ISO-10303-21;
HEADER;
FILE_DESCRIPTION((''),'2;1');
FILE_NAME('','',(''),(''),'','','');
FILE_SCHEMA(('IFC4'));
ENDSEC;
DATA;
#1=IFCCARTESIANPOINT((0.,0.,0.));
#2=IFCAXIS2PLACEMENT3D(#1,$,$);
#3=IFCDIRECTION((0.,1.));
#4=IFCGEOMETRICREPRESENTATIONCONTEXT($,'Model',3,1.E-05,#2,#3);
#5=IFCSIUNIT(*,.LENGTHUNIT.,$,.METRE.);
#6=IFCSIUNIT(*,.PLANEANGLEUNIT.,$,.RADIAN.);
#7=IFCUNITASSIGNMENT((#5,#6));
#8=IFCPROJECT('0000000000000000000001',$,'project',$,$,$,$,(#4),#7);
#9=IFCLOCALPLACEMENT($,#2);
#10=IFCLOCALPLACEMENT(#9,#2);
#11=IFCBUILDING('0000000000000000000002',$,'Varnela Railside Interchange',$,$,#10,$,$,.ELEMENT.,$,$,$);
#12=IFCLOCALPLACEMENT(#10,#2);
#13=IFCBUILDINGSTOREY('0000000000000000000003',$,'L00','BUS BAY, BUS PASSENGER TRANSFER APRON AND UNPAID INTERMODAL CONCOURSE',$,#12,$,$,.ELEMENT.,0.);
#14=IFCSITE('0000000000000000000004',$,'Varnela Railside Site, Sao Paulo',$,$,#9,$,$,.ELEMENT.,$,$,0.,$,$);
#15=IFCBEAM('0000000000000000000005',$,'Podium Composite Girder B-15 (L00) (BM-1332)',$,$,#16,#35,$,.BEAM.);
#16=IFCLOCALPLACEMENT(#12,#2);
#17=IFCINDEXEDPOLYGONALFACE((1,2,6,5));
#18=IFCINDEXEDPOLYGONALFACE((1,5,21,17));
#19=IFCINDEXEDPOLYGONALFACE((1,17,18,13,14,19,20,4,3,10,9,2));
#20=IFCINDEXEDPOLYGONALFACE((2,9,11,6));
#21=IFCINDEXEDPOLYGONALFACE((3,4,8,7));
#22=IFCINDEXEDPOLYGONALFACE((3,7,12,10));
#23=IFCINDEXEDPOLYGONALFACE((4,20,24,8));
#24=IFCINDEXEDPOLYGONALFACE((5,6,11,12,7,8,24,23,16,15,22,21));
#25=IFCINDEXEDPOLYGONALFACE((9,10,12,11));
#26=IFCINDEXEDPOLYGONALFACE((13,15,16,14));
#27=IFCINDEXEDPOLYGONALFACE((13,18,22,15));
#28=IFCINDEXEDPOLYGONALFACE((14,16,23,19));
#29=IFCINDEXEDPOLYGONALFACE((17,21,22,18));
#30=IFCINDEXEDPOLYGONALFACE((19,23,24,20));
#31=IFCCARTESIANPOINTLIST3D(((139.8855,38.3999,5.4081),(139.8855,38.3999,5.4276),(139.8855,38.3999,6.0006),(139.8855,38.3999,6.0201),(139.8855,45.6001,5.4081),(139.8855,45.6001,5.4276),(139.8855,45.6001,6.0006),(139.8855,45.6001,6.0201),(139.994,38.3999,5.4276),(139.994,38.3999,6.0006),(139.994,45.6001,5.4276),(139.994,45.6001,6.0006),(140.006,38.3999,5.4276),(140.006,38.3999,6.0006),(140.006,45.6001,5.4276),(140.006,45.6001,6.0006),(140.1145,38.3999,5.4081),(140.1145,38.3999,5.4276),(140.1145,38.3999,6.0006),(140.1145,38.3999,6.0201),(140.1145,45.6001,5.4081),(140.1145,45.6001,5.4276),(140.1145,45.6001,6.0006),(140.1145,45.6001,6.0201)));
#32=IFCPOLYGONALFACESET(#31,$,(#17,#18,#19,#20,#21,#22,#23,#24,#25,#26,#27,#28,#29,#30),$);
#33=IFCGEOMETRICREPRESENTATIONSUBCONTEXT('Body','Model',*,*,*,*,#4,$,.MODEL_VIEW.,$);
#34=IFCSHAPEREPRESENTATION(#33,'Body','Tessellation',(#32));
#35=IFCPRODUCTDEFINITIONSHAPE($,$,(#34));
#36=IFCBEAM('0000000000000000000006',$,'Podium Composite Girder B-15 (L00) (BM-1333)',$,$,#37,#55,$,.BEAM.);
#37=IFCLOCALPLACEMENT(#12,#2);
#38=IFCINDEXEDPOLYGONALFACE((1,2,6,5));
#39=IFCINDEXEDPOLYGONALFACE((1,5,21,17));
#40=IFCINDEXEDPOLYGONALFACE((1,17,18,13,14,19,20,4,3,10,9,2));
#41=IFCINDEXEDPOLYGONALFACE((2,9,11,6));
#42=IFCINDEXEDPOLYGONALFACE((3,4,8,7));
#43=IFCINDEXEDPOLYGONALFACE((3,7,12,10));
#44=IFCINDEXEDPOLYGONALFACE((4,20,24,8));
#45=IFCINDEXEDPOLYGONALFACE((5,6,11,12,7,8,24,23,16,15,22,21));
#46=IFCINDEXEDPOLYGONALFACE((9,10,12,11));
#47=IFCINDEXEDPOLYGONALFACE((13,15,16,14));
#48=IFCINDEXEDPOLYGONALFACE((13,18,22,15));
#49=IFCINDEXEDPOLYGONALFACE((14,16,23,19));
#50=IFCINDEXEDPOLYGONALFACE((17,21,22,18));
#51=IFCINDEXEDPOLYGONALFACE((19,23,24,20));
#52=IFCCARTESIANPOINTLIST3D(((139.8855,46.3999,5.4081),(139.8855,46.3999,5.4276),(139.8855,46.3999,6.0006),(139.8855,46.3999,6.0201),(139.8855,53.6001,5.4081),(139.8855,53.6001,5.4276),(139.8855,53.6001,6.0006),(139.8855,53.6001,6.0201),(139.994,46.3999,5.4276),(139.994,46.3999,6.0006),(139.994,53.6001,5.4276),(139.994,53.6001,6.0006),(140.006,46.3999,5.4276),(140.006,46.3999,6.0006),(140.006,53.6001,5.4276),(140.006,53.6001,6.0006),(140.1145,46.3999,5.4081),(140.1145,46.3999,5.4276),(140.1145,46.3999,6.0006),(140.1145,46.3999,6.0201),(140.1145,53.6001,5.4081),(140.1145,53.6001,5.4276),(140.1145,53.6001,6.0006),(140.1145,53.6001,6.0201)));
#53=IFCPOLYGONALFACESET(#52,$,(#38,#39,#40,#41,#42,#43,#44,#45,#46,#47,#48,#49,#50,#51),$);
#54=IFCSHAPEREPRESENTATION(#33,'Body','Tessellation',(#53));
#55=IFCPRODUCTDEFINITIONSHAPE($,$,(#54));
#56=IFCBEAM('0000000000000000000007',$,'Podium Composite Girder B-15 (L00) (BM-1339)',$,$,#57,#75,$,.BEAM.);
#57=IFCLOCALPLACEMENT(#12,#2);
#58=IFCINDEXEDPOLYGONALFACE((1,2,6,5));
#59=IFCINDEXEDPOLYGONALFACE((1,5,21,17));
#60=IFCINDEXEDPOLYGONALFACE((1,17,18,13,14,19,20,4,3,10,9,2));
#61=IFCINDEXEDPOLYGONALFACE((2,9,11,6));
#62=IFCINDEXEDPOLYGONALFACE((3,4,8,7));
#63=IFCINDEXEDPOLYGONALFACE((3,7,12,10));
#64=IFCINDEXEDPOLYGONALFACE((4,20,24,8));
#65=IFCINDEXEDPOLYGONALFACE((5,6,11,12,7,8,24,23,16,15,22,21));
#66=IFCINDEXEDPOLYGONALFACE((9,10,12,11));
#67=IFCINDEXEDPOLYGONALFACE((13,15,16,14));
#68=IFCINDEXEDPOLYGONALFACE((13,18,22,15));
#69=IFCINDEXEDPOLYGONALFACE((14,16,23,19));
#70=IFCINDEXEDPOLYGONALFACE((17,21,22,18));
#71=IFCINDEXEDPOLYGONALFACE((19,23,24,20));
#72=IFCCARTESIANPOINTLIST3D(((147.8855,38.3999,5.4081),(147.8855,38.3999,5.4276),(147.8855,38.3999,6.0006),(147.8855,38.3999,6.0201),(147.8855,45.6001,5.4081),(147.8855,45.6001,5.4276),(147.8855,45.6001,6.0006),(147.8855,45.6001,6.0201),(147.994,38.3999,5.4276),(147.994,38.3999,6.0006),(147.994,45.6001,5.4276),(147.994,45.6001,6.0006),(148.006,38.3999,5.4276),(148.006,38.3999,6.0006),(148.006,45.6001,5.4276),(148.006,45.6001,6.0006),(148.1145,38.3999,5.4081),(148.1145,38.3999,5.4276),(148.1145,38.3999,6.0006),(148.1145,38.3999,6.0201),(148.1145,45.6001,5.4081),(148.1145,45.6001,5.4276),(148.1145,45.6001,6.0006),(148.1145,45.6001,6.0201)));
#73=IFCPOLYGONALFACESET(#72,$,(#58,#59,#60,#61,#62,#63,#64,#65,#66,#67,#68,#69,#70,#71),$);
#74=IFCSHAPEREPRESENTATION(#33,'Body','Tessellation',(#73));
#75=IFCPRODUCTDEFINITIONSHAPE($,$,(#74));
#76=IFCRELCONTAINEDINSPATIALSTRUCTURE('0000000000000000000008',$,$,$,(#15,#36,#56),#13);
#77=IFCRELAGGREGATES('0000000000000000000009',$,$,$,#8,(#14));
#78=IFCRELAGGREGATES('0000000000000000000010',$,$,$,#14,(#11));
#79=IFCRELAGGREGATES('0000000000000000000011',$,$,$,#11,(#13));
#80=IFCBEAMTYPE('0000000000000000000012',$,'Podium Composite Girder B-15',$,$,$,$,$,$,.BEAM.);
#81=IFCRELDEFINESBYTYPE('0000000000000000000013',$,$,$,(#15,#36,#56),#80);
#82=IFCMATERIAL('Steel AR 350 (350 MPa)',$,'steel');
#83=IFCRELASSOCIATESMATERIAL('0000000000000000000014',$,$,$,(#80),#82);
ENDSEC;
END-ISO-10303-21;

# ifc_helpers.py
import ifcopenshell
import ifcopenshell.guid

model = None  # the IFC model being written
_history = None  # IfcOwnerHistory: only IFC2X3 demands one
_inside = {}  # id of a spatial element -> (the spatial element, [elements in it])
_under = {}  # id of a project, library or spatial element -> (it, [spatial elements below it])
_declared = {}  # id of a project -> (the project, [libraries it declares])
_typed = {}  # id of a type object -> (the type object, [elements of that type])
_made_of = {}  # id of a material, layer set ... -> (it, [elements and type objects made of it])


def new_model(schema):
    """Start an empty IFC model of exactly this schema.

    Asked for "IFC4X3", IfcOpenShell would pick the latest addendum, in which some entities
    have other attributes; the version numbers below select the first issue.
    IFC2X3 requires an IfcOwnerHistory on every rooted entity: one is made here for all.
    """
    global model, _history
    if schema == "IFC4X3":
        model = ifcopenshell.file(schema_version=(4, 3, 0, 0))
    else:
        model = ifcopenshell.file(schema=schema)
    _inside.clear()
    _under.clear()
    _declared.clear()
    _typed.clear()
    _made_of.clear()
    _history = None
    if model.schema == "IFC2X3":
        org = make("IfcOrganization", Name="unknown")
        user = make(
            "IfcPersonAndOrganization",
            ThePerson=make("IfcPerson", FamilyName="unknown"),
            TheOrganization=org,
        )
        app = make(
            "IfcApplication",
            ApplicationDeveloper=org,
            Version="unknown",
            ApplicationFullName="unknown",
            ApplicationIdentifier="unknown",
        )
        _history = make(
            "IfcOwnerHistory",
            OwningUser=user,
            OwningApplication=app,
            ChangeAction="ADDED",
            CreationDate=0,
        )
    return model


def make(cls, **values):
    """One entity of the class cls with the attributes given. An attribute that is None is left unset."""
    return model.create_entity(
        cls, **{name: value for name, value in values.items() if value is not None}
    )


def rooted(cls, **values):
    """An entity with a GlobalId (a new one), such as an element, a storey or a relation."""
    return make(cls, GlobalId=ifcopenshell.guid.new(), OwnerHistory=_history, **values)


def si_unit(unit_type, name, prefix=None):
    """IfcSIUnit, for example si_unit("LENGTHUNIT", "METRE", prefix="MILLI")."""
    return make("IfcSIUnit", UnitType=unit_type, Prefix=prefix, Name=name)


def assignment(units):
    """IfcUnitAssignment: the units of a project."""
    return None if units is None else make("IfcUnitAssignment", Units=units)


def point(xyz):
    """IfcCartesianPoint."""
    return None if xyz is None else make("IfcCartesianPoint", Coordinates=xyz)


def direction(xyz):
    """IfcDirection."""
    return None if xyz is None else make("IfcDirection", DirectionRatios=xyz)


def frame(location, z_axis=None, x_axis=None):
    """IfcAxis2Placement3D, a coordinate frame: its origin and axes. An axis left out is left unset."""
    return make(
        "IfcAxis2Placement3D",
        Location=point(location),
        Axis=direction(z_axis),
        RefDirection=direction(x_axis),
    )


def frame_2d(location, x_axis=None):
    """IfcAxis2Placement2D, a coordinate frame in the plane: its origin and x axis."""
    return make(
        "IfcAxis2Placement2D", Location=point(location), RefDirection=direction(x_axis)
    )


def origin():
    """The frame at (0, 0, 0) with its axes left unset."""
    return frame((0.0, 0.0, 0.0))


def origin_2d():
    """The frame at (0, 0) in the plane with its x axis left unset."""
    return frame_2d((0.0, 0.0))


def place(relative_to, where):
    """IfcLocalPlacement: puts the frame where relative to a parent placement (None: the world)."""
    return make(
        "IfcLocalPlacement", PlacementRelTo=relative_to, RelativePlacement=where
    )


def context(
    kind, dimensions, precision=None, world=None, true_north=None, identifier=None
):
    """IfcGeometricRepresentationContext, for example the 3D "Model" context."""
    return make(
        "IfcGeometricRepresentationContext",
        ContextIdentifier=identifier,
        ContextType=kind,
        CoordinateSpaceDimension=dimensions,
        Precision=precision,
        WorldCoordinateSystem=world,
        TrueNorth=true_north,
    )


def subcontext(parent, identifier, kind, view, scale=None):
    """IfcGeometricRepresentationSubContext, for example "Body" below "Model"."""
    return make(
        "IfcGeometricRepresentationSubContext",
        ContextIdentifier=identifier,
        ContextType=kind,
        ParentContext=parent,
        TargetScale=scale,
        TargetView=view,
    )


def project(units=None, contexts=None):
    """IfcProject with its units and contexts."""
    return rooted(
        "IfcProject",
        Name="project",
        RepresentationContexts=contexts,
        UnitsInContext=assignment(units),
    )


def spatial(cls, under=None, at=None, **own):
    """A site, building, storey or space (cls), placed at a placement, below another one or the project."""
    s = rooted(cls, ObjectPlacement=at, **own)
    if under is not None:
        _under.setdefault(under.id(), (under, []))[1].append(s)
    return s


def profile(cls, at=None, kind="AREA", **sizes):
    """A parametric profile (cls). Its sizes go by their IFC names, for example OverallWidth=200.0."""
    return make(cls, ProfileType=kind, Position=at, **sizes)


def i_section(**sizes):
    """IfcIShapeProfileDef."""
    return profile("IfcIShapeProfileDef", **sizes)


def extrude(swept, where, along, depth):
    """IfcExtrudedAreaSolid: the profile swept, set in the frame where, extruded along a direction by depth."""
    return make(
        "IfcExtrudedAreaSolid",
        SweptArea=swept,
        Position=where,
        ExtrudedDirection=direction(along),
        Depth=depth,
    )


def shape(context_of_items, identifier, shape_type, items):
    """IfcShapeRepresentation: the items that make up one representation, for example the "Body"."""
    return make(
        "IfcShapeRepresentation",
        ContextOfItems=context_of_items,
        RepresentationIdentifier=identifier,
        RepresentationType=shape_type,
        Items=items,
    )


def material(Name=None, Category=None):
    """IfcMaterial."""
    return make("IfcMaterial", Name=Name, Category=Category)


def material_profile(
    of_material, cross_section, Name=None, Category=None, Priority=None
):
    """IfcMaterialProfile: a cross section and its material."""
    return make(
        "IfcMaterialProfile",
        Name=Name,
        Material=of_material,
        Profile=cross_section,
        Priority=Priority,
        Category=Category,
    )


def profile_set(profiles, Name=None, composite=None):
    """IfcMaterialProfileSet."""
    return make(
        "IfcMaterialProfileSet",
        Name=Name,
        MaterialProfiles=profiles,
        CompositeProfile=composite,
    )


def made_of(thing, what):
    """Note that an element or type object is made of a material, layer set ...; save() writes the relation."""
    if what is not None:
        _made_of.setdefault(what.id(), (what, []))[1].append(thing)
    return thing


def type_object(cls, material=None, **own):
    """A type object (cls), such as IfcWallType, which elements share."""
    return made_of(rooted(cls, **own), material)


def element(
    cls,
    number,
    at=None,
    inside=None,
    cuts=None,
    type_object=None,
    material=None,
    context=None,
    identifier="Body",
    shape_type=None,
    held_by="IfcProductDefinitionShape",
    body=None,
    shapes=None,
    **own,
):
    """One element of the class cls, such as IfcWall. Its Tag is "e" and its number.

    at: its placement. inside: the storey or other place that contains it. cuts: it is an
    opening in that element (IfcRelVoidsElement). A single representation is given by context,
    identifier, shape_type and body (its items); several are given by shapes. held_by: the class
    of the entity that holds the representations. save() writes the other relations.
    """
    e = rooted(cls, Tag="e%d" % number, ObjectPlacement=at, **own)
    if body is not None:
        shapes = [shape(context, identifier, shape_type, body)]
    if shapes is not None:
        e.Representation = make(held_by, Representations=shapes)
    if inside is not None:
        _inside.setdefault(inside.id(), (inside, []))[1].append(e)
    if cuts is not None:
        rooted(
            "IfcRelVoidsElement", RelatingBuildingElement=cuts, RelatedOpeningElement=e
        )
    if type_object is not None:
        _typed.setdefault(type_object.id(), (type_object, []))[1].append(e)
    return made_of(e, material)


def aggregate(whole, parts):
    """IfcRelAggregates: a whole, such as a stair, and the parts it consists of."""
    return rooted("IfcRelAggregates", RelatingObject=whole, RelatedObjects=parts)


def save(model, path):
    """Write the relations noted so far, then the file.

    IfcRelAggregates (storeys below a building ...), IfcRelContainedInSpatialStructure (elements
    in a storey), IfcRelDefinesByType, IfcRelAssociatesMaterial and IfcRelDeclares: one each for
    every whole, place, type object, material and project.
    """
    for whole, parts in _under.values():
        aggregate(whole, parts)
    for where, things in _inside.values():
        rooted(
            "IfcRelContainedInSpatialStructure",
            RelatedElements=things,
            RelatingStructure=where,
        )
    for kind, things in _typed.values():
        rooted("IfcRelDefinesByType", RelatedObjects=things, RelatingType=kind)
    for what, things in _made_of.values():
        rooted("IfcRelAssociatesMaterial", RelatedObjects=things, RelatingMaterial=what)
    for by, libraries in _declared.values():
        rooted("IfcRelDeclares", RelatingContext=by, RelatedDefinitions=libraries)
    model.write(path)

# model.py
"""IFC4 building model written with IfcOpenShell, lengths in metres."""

from ifc_helpers import new_model, si_unit, direction, frame, origin, origin_2d, place, context, subcontext, project, spatial, i_section, extrude, material, material_profile, profile_set, type_object, element, save


model = new_model("IFC4")

# Units and contexts
model_context = context("Model", 3, precision=1e-05, world=origin(), true_north=direction((0.0, 1.0)))
body_context = subcontext(model_context, "Body", "Model", "MODEL_VIEW")
ifc_project = project(units=[si_unit("LENGTHUNIT", "METRE"), si_unit("PLANEANGLEUNIT", "RADIAN")], contexts=[model_context])

# Site, building, storey
site_placement = place(None, origin())
site = spatial("IfcSite", under=ifc_project, at=site_placement, Name="Varnela Railside Site, Sao Paulo", CompositionType="ELEMENT", RefElevation=0.0)
building_placement = place(site_placement, origin())
building = spatial("IfcBuilding", under=site, at=building_placement, Name="Varnela Railside Interchange", CompositionType="ELEMENT")
storey_placement = place(building_placement, origin())
storey = spatial("IfcBuildingStorey", under=building, at=storey_placement, Name="L00", Description="BUS BAY, BUS PASSENGER TRANSFER APRON AND UNPAID INTERMODAL CONCOURSE", CompositionType="ELEMENT", Elevation=0.0)

# Beams
ifc_material_1 = material(Name="Steel AR 350 (350 MPa)", Category="steel")
ifc_material_profile_1 = material_profile(ifc_material_1, i_section(OverallWidth=0.229, OverallDepth=0.6121, WebThickness=0.012, FlangeThickness=0.0195, at=origin_2d()), Name="W610x125")
ifc_profile_set_1 = profile_set([ifc_material_profile_1], Name="Steel AR 350 (350 MPa)")
beam_type_1 = type_object("IfcBeamType", Name="Podium Composite Girder B-15", PredefinedType="BEAM", material=ifc_profile_set_1)
for number, where, z_axis, x_axis, name in (
    (1, (140.0, 38.3999, 5.7141), (0.0, 1.0, 0.0), (-1.0, 0.0, 0.0), "Podium Composite Girder B-15 (L00) (BM-1332)"),
    (2, (140.0, 46.3999, 5.7141), (0.0, 1.0, 0.0), (-1.0, 0.0, 0.0), "Podium Composite Girder B-15 (L00) (BM-1333)"),
    (3, (148.0, 38.3999, 5.7141), (0.0, 1.0, 0.0), (-1.0, 0.0, 0.0), "Podium Composite Girder B-15 (L00) (BM-1339)"),
):
    element("IfcBeam", number, at=place(storey_placement, frame(where, z_axis=z_axis, x_axis=x_axis)), inside=storey, type_object=beam_type_1, Name=name, PredefinedType="BEAM", context=body_context, shape_type="SweptSolid", body=[
        extrude(i_section(OverallWidth=0.229, OverallDepth=0.6121, WebThickness=0.012, FlangeThickness=0.0195, at=origin_2d()), origin(), (0.0, 0.0, 1.0), 7.2002),
    ])

save(model, "model.ifc")
